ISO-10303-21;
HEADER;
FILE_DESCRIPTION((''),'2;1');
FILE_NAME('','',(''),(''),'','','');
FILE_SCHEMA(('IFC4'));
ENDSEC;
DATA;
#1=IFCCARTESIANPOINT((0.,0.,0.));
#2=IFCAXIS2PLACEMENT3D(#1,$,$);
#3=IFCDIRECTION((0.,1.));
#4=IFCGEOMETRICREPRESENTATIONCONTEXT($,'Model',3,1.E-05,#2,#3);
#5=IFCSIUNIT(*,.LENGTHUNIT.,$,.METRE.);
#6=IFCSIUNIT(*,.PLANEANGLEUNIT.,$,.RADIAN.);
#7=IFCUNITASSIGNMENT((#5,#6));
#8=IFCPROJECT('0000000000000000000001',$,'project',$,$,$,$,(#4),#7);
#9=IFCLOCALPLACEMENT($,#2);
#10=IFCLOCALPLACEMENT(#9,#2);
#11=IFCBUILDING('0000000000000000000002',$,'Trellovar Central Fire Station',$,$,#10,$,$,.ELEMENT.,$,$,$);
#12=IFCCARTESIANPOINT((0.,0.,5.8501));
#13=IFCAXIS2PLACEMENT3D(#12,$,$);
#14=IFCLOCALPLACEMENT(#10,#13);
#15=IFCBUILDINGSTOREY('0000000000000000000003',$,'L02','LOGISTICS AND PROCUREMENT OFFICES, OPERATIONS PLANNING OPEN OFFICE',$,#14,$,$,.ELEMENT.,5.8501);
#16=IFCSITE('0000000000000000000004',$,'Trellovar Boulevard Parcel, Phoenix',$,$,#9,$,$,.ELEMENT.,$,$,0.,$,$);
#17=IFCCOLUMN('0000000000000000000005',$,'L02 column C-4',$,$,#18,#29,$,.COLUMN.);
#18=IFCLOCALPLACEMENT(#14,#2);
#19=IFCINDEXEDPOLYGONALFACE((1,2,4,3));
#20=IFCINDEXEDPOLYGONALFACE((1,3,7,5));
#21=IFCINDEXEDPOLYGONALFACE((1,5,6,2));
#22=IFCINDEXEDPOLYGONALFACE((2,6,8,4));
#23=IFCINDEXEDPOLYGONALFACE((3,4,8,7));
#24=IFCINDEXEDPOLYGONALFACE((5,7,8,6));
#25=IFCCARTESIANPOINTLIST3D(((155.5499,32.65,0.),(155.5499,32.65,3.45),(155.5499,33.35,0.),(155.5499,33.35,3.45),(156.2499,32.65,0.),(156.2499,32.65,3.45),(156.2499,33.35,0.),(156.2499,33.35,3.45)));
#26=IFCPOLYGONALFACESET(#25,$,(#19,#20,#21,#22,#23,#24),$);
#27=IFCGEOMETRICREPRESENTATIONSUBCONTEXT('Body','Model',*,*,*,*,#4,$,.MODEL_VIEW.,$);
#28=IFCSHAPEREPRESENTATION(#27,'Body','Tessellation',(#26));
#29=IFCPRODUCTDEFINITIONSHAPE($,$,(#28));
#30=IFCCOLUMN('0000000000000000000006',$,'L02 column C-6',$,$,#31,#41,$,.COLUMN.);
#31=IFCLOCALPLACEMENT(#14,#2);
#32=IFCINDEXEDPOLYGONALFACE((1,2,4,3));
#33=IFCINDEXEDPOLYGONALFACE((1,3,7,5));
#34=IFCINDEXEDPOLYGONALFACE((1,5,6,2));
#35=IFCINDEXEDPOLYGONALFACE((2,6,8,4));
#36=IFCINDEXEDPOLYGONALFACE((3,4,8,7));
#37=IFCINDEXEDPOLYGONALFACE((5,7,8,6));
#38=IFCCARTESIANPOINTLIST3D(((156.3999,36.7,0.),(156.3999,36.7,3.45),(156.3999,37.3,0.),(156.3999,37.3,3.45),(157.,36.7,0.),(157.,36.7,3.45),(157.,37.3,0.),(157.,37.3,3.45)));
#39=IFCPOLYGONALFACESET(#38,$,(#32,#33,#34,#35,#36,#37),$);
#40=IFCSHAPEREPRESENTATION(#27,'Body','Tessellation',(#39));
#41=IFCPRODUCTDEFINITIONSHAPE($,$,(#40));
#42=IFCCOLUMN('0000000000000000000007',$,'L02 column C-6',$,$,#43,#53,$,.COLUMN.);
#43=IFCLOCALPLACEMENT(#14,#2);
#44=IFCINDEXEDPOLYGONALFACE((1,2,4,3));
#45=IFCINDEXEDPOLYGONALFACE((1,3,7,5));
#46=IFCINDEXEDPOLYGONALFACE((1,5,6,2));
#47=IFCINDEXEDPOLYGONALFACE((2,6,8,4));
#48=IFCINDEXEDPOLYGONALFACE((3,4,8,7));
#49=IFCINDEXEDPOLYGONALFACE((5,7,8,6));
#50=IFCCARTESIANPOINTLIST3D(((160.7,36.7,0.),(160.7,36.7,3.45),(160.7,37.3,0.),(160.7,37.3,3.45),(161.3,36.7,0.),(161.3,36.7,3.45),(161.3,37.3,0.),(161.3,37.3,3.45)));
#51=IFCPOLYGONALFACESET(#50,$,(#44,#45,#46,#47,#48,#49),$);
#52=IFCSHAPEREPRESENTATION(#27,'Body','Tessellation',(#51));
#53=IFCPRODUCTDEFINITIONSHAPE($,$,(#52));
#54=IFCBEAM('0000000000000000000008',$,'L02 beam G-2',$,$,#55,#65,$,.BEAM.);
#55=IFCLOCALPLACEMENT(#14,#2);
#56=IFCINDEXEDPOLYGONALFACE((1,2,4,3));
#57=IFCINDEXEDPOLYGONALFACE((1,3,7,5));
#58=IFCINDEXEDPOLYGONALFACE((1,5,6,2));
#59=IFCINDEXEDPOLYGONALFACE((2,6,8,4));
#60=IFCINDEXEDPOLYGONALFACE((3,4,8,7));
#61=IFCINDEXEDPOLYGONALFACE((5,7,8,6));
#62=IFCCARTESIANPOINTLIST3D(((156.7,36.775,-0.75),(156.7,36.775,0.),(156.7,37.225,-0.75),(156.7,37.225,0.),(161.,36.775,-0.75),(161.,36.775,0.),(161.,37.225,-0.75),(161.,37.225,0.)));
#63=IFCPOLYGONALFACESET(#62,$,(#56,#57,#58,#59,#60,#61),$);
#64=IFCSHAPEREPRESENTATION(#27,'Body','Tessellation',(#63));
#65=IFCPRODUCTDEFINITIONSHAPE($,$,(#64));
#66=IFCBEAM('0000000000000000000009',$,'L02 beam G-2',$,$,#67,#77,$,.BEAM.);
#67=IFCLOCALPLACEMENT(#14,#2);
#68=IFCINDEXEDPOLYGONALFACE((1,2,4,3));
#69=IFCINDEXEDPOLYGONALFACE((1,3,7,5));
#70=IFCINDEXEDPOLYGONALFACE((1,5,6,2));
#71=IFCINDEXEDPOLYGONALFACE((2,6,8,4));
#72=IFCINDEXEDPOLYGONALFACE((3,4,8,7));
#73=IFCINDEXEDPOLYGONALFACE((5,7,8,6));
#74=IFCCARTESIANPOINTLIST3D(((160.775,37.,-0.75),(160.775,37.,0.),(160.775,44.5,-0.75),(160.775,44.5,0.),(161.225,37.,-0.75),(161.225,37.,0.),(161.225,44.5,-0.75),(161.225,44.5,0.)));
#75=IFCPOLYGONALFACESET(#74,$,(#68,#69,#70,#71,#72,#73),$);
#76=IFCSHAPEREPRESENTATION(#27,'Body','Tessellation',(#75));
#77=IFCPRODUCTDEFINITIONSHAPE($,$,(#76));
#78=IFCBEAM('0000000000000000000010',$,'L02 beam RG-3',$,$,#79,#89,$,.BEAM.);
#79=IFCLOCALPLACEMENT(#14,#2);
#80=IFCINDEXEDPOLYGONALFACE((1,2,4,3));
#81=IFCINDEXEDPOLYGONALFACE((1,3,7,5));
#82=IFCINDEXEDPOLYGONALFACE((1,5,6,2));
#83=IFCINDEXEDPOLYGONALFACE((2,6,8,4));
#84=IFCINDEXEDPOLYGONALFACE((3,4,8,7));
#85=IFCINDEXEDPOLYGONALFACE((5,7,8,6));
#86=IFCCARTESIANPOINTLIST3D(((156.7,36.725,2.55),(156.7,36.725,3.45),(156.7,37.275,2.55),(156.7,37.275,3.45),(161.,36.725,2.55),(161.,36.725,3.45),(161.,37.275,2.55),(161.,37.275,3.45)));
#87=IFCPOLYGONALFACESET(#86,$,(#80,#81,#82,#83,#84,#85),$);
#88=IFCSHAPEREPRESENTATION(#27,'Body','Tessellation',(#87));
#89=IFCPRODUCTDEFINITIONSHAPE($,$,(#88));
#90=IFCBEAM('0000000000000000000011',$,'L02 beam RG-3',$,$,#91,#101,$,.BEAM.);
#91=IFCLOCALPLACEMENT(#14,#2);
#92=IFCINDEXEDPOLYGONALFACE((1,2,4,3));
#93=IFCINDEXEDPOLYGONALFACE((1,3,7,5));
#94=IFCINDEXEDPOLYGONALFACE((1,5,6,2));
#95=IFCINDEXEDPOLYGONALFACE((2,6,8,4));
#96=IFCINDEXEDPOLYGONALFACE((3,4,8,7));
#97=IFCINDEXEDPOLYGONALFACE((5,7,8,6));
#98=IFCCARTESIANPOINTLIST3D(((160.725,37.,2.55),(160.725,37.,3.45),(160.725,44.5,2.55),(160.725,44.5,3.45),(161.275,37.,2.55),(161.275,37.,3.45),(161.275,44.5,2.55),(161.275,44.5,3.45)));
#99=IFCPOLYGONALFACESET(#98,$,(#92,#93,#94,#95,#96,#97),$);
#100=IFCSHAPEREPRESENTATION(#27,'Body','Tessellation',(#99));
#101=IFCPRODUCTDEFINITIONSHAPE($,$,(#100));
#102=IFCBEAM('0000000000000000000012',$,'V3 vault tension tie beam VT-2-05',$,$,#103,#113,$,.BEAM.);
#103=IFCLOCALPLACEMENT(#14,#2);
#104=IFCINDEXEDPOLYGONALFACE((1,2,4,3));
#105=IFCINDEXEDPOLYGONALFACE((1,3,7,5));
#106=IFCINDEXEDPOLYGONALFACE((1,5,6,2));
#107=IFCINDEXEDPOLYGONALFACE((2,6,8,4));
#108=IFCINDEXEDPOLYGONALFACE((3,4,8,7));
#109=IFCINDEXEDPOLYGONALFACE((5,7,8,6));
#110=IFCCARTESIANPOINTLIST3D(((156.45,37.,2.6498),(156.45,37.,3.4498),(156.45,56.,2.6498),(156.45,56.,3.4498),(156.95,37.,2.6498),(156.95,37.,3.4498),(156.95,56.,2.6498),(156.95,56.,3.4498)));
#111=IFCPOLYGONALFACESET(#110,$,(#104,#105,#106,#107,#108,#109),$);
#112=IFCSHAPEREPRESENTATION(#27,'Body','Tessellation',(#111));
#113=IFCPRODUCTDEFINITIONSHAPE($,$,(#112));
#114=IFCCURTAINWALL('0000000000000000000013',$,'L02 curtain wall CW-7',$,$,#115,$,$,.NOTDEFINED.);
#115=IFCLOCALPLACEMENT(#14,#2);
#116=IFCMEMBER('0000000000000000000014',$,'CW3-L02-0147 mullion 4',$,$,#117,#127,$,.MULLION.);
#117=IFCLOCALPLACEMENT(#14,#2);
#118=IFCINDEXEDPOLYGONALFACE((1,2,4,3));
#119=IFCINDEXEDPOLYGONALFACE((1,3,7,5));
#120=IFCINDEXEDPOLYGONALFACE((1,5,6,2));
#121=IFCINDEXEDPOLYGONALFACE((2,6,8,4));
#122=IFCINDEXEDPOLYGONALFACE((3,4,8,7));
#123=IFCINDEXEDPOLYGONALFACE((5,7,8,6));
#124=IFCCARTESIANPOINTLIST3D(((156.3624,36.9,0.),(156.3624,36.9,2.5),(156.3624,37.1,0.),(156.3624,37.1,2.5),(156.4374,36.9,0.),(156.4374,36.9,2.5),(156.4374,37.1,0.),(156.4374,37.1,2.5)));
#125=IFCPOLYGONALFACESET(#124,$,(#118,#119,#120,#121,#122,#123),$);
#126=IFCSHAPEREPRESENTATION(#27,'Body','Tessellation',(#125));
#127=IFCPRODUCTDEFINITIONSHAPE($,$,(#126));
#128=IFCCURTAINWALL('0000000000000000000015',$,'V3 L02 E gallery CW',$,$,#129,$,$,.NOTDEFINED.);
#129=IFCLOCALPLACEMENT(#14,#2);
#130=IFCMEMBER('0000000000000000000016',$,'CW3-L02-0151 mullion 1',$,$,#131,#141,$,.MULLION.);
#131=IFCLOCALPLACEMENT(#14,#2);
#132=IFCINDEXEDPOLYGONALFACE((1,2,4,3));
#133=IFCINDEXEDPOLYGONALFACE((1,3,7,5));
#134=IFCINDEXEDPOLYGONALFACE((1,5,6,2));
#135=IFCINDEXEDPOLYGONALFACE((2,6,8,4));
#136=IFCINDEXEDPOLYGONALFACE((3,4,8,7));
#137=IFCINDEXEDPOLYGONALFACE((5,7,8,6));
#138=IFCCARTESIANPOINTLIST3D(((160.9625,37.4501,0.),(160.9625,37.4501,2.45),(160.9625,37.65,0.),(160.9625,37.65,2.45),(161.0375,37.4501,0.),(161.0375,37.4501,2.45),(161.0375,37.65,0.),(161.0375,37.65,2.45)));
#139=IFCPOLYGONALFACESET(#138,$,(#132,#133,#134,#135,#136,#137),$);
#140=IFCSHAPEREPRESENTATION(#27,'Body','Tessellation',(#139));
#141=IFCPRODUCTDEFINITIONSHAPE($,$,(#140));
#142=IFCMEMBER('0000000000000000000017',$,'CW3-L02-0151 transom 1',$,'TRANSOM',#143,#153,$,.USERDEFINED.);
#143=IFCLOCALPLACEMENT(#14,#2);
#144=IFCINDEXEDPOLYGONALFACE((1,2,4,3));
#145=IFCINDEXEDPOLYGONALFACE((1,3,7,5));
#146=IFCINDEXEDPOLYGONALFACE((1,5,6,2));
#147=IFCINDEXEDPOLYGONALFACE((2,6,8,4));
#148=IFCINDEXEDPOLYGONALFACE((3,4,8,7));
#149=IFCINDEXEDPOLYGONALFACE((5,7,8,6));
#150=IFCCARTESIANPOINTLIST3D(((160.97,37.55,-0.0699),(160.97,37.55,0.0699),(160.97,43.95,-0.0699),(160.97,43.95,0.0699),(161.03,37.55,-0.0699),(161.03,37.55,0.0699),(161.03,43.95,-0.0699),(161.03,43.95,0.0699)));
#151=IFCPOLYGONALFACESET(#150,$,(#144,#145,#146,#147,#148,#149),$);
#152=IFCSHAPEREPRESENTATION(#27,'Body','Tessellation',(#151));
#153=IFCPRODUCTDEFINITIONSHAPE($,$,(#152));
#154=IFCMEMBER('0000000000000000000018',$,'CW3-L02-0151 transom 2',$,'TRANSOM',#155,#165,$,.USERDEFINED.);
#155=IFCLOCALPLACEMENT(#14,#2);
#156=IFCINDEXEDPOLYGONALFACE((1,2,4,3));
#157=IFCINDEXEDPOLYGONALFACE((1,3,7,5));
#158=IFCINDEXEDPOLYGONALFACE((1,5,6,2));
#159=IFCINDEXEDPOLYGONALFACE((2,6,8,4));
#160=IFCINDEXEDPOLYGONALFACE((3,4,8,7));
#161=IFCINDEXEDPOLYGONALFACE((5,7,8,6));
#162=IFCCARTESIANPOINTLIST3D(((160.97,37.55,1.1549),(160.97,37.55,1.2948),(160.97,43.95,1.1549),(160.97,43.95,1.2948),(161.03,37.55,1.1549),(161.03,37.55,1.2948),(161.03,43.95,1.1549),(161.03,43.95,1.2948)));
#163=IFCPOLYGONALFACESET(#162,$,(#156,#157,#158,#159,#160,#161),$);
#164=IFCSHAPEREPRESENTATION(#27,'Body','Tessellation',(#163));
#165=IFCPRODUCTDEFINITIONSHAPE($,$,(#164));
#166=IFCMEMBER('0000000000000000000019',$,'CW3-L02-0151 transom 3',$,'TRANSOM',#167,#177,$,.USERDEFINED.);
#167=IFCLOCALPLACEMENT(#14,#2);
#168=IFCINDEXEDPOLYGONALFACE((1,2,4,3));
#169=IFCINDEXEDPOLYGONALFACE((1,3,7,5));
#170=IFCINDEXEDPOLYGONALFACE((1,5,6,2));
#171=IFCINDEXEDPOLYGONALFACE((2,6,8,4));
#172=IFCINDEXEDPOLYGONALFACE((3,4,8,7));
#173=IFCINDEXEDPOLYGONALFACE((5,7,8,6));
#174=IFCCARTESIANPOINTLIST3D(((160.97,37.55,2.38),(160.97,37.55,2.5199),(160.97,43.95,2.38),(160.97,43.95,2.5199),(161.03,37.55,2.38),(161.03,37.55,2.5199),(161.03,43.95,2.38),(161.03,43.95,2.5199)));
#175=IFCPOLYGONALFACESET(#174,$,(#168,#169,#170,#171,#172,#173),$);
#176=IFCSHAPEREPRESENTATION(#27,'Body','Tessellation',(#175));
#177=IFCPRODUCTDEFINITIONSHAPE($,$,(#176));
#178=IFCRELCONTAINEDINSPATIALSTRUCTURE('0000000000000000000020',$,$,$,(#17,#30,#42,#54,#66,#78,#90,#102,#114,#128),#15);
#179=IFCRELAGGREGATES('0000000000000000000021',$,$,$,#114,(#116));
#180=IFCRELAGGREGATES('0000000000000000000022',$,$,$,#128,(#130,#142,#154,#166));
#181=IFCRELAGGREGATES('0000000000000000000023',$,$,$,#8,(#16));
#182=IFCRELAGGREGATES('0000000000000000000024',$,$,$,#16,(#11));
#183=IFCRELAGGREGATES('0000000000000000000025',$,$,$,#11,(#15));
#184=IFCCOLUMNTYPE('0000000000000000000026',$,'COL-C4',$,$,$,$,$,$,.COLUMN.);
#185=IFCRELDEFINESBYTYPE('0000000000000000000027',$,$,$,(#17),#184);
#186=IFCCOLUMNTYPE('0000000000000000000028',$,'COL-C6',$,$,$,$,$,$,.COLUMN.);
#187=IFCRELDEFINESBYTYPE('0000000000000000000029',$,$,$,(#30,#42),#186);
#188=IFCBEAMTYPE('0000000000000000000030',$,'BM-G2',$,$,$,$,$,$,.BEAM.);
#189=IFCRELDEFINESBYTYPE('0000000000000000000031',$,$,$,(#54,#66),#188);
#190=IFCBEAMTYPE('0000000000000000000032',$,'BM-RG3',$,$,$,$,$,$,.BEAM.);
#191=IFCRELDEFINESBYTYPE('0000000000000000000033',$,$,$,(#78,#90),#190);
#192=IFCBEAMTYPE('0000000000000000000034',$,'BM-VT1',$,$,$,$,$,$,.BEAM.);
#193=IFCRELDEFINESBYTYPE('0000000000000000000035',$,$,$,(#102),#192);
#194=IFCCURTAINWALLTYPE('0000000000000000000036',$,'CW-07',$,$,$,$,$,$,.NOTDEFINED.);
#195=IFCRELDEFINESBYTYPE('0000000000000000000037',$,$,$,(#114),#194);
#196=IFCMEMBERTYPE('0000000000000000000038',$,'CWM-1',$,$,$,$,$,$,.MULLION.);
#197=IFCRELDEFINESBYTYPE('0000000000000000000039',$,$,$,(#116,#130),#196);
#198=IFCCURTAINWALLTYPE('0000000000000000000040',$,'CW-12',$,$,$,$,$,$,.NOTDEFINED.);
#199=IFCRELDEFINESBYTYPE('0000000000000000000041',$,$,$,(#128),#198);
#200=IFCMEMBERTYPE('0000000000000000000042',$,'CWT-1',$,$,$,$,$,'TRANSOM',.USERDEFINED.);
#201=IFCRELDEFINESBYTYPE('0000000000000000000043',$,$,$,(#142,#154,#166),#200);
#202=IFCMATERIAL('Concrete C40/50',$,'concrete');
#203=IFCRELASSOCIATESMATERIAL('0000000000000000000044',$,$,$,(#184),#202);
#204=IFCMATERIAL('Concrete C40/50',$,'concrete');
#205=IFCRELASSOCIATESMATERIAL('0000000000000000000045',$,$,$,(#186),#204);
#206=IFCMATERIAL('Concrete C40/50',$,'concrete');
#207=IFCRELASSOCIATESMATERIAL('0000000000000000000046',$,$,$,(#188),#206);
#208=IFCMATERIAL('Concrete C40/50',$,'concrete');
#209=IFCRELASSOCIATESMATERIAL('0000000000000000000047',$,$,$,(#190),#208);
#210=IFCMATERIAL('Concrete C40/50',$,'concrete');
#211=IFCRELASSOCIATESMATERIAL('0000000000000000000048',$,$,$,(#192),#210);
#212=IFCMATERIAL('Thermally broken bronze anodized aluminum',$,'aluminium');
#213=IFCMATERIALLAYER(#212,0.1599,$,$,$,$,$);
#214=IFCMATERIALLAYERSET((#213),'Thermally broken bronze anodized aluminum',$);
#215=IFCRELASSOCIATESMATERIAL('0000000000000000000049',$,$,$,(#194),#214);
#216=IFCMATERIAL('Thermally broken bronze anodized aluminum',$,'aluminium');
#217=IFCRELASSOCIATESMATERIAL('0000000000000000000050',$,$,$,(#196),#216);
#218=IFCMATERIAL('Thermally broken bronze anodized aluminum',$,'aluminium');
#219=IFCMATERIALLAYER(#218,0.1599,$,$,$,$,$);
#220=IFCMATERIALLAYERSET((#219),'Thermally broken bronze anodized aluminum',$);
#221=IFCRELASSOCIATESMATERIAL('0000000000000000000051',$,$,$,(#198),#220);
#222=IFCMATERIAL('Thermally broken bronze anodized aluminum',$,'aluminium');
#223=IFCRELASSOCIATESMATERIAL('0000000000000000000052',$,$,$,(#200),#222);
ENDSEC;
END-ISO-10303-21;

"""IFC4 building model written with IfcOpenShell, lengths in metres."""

from ifc_helpers import new_model, si_unit, direction, frame, origin, origin_2d, place, context, subcontext, project, spatial, rectangle, extrude, material, layer, layer_set, material_profile, profile_set, type_object, element, aggregate, save


model = new_model("IFC4")

# Units and contexts
model_context = context("Model", 3, precision=1e-05, world=origin(), true_north=direction((0.0, 1.0)))
body_context = subcontext(model_context, "Body", "Model", "MODEL_VIEW")
ifc_project = project(units=[si_unit("LENGTHUNIT", "METRE"), si_unit("PLANEANGLEUNIT", "RADIAN")], contexts=[model_context])

# Site, building, storey
site_placement = place(None, origin())
site = spatial("IfcSite", under=ifc_project, at=site_placement, Name="Trellovar Boulevard Parcel, Phoenix", CompositionType="ELEMENT", RefElevation=0.0)
building_placement = place(site_placement, origin())
building = spatial("IfcBuilding", under=site, at=building_placement, Name="Trellovar Central Fire Station", CompositionType="ELEMENT")
storey_placement = place(building_placement, frame((0.0, 0.0, 5.8501)))
storey = spatial("IfcBuildingStorey", under=building, at=storey_placement, Name="L02", Description="LOGISTICS AND PROCUREMENT OFFICES, OPERATIONS PLANNING OPEN OFFICE", CompositionType="ELEMENT", Elevation=5.8501)

# Columns
ifc_material_1 = material(Name="Concrete C40/50", Category="concrete")
ifc_material_profile_1 = material_profile(ifc_material_1, rectangle(XDim=0.7, YDim=0.7, at=origin_2d()), Name="RC700X700")
ifc_profile_set_1 = profile_set([ifc_material_profile_1], Name="Concrete C40/50")
column_type_1 = type_object("IfcColumnType", Name="COL-C4", PredefinedType="COLUMN", material=ifc_profile_set_1)
column_placement = place(storey_placement, frame((155.8999, 33.0, 0.0), z_axis=(0.0, 0.0, 1.0), x_axis=(1.0, 0.0, 0.0)))
element("IfcColumn", 1, at=column_placement, inside=storey, type_object=column_type_1, Name="L02 column C-4", PredefinedType="COLUMN", context=body_context, shape_type="SweptSolid", body=[
    extrude(rectangle(XDim=0.7, YDim=0.7, at=origin_2d()), origin(), (0.0, 0.0, 1.0), 3.45),
])
ifc_material_2 = material(Name="Concrete C40/50", Category="concrete")
ifc_material_profile_2 = material_profile(ifc_material_2, rectangle(XDim=0.6001, YDim=0.6001, at=origin_2d()), Name="RC600X600")
ifc_profile_set_2 = profile_set([ifc_material_profile_2], Name="Concrete C40/50")
column_type_2 = type_object("IfcColumnType", Name="COL-C6", PredefinedType="COLUMN", material=ifc_profile_set_2)
for number, where, z_axis, x_axis, name in (
    (2, (156.7, 37.0, 0.0), (0.0, 0.0, 1.0), (1.0, 0.0, 0.0), "L02 column C-6"),
    (3, (161.0, 37.0, 0.0), (0.0, 0.0, 1.0), (1.0, 0.0, 0.0), "L02 column C-6"),
):
    element("IfcColumn", number, at=place(storey_placement, frame(where, z_axis=z_axis, x_axis=x_axis)), inside=storey, type_object=column_type_2, Name=name, PredefinedType="COLUMN", context=body_context, shape_type="SweptSolid", body=[
        extrude(rectangle(XDim=0.6001, YDim=0.6001, at=origin_2d()), origin(), (0.0, 0.0, 1.0), 3.45),
    ])

# Beams
ifc_material_3 = material(Name="Concrete C40/50", Category="concrete")
ifc_material_profile_3 = material_profile(ifc_material_3, rectangle(XDim=0.45, YDim=0.75, at=origin_2d()), Name="RC450X750")
ifc_profile_set_3 = profile_set([ifc_material_profile_3], Name="Concrete C40/50")
beam_type_1 = type_object("IfcBeamType", Name="BM-G2", PredefinedType="BEAM", material=ifc_profile_set_3)
beam_1_placement = place(storey_placement, frame((156.7, 37.0, -0.375), z_axis=(1.0, 0.0, 0.0), x_axis=(0.0, 1.0, 0.0)))
element("IfcBeam", 4, at=beam_1_placement, inside=storey, type_object=beam_type_1, Name="L02 beam G-2", PredefinedType="BEAM", context=body_context, shape_type="SweptSolid", body=[
    extrude(rectangle(XDim=0.45, YDim=0.75, at=origin_2d()), origin(), (0.0, 0.0, 1.0), 4.3),
])
beam_2_placement = place(storey_placement, frame((161.0, 37.0, -0.375), z_axis=(0.0, 1.0, 0.0), x_axis=(-1.0, 0.0, 0.0)))
element("IfcBeam", 5, at=beam_2_placement, inside=storey, type_object=beam_type_1, Name="L02 beam G-2", PredefinedType="BEAM", context=body_context, shape_type="SweptSolid", body=[
    extrude(rectangle(XDim=0.45, YDim=0.75, at=origin_2d()), origin(), (0.0, 0.0, 1.0), 7.5),
])
ifc_material_4 = material(Name="Concrete C40/50", Category="concrete")
ifc_material_profile_4 = material_profile(ifc_material_4, rectangle(XDim=0.55, YDim=0.8999, at=origin_2d()), Name="RC550X900")
ifc_profile_set_4 = profile_set([ifc_material_profile_4], Name="Concrete C40/50")
beam_type_2 = type_object("IfcBeamType", Name="BM-RG3", PredefinedType="BEAM", material=ifc_profile_set_4)
beam_3_placement = place(storey_placement, frame((156.7, 37.0, 3.0), z_axis=(1.0, 0.0, 0.0), x_axis=(0.0, 1.0, 0.0)))
element("IfcBeam", 6, at=beam_3_placement, inside=storey, type_object=beam_type_2, Name="L02 beam RG-3", PredefinedType="BEAM", context=body_context, shape_type="SweptSolid", body=[
    extrude(rectangle(XDim=0.55, YDim=0.8999, at=origin_2d()), origin(), (0.0, 0.0, 1.0), 4.3),
])
beam_4_placement = place(storey_placement, frame((161.0, 37.0, 3.0), z_axis=(0.0, 1.0, 0.0), x_axis=(-1.0, 0.0, 0.0)))
element("IfcBeam", 7, at=beam_4_placement, inside=storey, type_object=beam_type_2, Name="L02 beam RG-3", PredefinedType="BEAM", context=body_context, shape_type="SweptSolid", body=[
    extrude(rectangle(XDim=0.55, YDim=0.8999, at=origin_2d()), origin(), (0.0, 0.0, 1.0), 7.5),
])
ifc_material_5 = material(Name="Concrete C40/50", Category="concrete")
ifc_material_profile_5 = material_profile(ifc_material_5, rectangle(XDim=0.5, YDim=0.8, at=origin_2d()), Name="RC500X800")
ifc_profile_set_5 = profile_set([ifc_material_profile_5], Name="Concrete C40/50")
beam_type_3 = type_object("IfcBeamType", Name="BM-VT1", PredefinedType="BEAM", material=ifc_profile_set_5)
beam_5_placement = place(storey_placement, frame((156.7, 37.0, 3.0498), z_axis=(0.0, 1.0, 0.0), x_axis=(-1.0, 0.0, 0.0)))
element("IfcBeam", 8, at=beam_5_placement, inside=storey, type_object=beam_type_3, Name="V3 vault tension tie beam VT-2-05", PredefinedType="BEAM", context=body_context, shape_type="SweptSolid", body=[
    extrude(rectangle(XDim=0.5, YDim=0.8, at=origin_2d()), origin(), (0.0, 0.0, 1.0), 19.0),
])

# Curtain wall, member
ifc_material_6 = material(Name="Thermally broken bronze anodized aluminum", Category="aluminium")
ifc_layer_1 = layer(ifc_material_6, 0.1599)
ifc_layer_set_1 = layer_set([ifc_layer_1], Name="Thermally broken bronze anodized aluminum")
curtain_wall_type_1 = type_object("IfcCurtainWallType", Name="CW-07", PredefinedType="NOTDEFINED", material=ifc_layer_set_1)
curtain_wall_1_placement = place(storey_placement, origin())
curtain_wall_1 = element("IfcCurtainWall", 9, at=curtain_wall_1_placement, inside=storey, type_object=curtain_wall_type_1, Name="L02 curtain wall CW-7", PredefinedType="NOTDEFINED")
ifc_material_7 = material(Name="Thermally broken bronze anodized aluminum", Category="aluminium")
ifc_material_profile_6 = material_profile(ifc_material_7, rectangle(XDim=0.075, YDim=0.2, at=origin_2d()), Name="ALU75X200")
ifc_profile_set_6 = profile_set([ifc_material_profile_6], Name="Thermally broken bronze anodized aluminum")
member_type_1 = type_object("IfcMemberType", Name="CWM-1", PredefinedType="MULLION", material=ifc_profile_set_6)
member_1_placement = place(storey_placement, frame((156.3999, 37.0, 0.0), z_axis=(0.0, 0.0, 1.0), x_axis=(1.0, 0.0, 0.0)))
member_1 = element("IfcMember", 10, at=member_1_placement, type_object=member_type_1, Name="CW3-L02-0147 mullion 4", PredefinedType="MULLION", context=body_context, shape_type="SweptSolid", body=[
    extrude(rectangle(XDim=0.075, YDim=0.2, at=origin_2d()), origin(), (0.0, 0.0, 1.0), 2.5),
])

# Curtain wall, members
ifc_material_8 = material(Name="Thermally broken bronze anodized aluminum", Category="aluminium")
ifc_layer_2 = layer(ifc_material_8, 0.1599)
ifc_layer_set_2 = layer_set([ifc_layer_2], Name="Thermally broken bronze anodized aluminum")
curtain_wall_type_2 = type_object("IfcCurtainWallType", Name="CW-12", PredefinedType="NOTDEFINED", material=ifc_layer_set_2)
curtain_wall_2_placement = place(storey_placement, origin())
curtain_wall_2 = element("IfcCurtainWall", 11, at=curtain_wall_2_placement, inside=storey, type_object=curtain_wall_type_2, Name="V3 L02 E gallery CW", PredefinedType="NOTDEFINED")
member_2_placement = place(storey_placement, frame((161.0, 37.55, 0.0), z_axis=(0.0, 0.0, 1.0), x_axis=(1.0, 0.0, 0.0)))
member_2 = element("IfcMember", 12, at=member_2_placement, type_object=member_type_1, Name="CW3-L02-0151 mullion 1", PredefinedType="MULLION", context=body_context, shape_type="SweptSolid", body=[
    extrude(rectangle(XDim=0.075, YDim=0.2, at=origin_2d()), origin(), (0.0, 0.0, 1.0), 2.45),
])
ifc_material_9 = material(Name="Thermally broken bronze anodized aluminum", Category="aluminium")
ifc_material_profile_7 = material_profile(ifc_material_9, rectangle(XDim=0.0601, YDim=0.1399, at=origin_2d()), Name="ALU60X140")
ifc_profile_set_7 = profile_set([ifc_material_profile_7], Name="Thermally broken bronze anodized aluminum")
member_type_2 = type_object("IfcMemberType", Name="CWT-1", ElementType="TRANSOM", PredefinedType="USERDEFINED", material=ifc_profile_set_7)
member_3_placement = place(storey_placement, frame((161.0, 37.55, 0.0), z_axis=(0.0, 1.0, 0.0), x_axis=(-1.0, 0.0, 0.0)))
member_3 = element("IfcMember", 13, at=member_3_placement, type_object=member_type_2, Name="CW3-L02-0151 transom 1", ObjectType="TRANSOM", PredefinedType="USERDEFINED", context=body_context, shape_type="SweptSolid", body=[
    extrude(rectangle(XDim=0.0601, YDim=0.1399, at=origin_2d()), origin(), (0.0, 0.0, 1.0), 6.3999),
])
member_4_placement = place(storey_placement, frame((161.0, 37.55, 1.2249), z_axis=(0.0, 1.0, 0.0), x_axis=(-1.0, 0.0, 0.0)))
member_4 = element("IfcMember", 14, at=member_4_placement, type_object=member_type_2, Name="CW3-L02-0151 transom 2", ObjectType="TRANSOM", PredefinedType="USERDEFINED", context=body_context, shape_type="SweptSolid", body=[
    extrude(rectangle(XDim=0.0601, YDim=0.1399, at=origin_2d()), origin(), (0.0, 0.0, 1.0), 6.3999),
])
member_5_placement = place(storey_placement, frame((161.0, 37.55, 2.45), z_axis=(0.0, 1.0, 0.0), x_axis=(-1.0, 0.0, 0.0)))
member_5 = element("IfcMember", 15, at=member_5_placement, type_object=member_type_2, Name="CW3-L02-0151 transom 3", ObjectType="TRANSOM", PredefinedType="USERDEFINED", context=body_context, shape_type="SweptSolid", body=[
    extrude(rectangle(XDim=0.0601, YDim=0.1399, at=origin_2d()), origin(), (0.0, 0.0, 1.0), 6.3999),
])

aggregate(curtain_wall_1, [member_1])
aggregate(curtain_wall_2, [member_2, member_3, member_4, member_5])

save(model, "model.ifc")
